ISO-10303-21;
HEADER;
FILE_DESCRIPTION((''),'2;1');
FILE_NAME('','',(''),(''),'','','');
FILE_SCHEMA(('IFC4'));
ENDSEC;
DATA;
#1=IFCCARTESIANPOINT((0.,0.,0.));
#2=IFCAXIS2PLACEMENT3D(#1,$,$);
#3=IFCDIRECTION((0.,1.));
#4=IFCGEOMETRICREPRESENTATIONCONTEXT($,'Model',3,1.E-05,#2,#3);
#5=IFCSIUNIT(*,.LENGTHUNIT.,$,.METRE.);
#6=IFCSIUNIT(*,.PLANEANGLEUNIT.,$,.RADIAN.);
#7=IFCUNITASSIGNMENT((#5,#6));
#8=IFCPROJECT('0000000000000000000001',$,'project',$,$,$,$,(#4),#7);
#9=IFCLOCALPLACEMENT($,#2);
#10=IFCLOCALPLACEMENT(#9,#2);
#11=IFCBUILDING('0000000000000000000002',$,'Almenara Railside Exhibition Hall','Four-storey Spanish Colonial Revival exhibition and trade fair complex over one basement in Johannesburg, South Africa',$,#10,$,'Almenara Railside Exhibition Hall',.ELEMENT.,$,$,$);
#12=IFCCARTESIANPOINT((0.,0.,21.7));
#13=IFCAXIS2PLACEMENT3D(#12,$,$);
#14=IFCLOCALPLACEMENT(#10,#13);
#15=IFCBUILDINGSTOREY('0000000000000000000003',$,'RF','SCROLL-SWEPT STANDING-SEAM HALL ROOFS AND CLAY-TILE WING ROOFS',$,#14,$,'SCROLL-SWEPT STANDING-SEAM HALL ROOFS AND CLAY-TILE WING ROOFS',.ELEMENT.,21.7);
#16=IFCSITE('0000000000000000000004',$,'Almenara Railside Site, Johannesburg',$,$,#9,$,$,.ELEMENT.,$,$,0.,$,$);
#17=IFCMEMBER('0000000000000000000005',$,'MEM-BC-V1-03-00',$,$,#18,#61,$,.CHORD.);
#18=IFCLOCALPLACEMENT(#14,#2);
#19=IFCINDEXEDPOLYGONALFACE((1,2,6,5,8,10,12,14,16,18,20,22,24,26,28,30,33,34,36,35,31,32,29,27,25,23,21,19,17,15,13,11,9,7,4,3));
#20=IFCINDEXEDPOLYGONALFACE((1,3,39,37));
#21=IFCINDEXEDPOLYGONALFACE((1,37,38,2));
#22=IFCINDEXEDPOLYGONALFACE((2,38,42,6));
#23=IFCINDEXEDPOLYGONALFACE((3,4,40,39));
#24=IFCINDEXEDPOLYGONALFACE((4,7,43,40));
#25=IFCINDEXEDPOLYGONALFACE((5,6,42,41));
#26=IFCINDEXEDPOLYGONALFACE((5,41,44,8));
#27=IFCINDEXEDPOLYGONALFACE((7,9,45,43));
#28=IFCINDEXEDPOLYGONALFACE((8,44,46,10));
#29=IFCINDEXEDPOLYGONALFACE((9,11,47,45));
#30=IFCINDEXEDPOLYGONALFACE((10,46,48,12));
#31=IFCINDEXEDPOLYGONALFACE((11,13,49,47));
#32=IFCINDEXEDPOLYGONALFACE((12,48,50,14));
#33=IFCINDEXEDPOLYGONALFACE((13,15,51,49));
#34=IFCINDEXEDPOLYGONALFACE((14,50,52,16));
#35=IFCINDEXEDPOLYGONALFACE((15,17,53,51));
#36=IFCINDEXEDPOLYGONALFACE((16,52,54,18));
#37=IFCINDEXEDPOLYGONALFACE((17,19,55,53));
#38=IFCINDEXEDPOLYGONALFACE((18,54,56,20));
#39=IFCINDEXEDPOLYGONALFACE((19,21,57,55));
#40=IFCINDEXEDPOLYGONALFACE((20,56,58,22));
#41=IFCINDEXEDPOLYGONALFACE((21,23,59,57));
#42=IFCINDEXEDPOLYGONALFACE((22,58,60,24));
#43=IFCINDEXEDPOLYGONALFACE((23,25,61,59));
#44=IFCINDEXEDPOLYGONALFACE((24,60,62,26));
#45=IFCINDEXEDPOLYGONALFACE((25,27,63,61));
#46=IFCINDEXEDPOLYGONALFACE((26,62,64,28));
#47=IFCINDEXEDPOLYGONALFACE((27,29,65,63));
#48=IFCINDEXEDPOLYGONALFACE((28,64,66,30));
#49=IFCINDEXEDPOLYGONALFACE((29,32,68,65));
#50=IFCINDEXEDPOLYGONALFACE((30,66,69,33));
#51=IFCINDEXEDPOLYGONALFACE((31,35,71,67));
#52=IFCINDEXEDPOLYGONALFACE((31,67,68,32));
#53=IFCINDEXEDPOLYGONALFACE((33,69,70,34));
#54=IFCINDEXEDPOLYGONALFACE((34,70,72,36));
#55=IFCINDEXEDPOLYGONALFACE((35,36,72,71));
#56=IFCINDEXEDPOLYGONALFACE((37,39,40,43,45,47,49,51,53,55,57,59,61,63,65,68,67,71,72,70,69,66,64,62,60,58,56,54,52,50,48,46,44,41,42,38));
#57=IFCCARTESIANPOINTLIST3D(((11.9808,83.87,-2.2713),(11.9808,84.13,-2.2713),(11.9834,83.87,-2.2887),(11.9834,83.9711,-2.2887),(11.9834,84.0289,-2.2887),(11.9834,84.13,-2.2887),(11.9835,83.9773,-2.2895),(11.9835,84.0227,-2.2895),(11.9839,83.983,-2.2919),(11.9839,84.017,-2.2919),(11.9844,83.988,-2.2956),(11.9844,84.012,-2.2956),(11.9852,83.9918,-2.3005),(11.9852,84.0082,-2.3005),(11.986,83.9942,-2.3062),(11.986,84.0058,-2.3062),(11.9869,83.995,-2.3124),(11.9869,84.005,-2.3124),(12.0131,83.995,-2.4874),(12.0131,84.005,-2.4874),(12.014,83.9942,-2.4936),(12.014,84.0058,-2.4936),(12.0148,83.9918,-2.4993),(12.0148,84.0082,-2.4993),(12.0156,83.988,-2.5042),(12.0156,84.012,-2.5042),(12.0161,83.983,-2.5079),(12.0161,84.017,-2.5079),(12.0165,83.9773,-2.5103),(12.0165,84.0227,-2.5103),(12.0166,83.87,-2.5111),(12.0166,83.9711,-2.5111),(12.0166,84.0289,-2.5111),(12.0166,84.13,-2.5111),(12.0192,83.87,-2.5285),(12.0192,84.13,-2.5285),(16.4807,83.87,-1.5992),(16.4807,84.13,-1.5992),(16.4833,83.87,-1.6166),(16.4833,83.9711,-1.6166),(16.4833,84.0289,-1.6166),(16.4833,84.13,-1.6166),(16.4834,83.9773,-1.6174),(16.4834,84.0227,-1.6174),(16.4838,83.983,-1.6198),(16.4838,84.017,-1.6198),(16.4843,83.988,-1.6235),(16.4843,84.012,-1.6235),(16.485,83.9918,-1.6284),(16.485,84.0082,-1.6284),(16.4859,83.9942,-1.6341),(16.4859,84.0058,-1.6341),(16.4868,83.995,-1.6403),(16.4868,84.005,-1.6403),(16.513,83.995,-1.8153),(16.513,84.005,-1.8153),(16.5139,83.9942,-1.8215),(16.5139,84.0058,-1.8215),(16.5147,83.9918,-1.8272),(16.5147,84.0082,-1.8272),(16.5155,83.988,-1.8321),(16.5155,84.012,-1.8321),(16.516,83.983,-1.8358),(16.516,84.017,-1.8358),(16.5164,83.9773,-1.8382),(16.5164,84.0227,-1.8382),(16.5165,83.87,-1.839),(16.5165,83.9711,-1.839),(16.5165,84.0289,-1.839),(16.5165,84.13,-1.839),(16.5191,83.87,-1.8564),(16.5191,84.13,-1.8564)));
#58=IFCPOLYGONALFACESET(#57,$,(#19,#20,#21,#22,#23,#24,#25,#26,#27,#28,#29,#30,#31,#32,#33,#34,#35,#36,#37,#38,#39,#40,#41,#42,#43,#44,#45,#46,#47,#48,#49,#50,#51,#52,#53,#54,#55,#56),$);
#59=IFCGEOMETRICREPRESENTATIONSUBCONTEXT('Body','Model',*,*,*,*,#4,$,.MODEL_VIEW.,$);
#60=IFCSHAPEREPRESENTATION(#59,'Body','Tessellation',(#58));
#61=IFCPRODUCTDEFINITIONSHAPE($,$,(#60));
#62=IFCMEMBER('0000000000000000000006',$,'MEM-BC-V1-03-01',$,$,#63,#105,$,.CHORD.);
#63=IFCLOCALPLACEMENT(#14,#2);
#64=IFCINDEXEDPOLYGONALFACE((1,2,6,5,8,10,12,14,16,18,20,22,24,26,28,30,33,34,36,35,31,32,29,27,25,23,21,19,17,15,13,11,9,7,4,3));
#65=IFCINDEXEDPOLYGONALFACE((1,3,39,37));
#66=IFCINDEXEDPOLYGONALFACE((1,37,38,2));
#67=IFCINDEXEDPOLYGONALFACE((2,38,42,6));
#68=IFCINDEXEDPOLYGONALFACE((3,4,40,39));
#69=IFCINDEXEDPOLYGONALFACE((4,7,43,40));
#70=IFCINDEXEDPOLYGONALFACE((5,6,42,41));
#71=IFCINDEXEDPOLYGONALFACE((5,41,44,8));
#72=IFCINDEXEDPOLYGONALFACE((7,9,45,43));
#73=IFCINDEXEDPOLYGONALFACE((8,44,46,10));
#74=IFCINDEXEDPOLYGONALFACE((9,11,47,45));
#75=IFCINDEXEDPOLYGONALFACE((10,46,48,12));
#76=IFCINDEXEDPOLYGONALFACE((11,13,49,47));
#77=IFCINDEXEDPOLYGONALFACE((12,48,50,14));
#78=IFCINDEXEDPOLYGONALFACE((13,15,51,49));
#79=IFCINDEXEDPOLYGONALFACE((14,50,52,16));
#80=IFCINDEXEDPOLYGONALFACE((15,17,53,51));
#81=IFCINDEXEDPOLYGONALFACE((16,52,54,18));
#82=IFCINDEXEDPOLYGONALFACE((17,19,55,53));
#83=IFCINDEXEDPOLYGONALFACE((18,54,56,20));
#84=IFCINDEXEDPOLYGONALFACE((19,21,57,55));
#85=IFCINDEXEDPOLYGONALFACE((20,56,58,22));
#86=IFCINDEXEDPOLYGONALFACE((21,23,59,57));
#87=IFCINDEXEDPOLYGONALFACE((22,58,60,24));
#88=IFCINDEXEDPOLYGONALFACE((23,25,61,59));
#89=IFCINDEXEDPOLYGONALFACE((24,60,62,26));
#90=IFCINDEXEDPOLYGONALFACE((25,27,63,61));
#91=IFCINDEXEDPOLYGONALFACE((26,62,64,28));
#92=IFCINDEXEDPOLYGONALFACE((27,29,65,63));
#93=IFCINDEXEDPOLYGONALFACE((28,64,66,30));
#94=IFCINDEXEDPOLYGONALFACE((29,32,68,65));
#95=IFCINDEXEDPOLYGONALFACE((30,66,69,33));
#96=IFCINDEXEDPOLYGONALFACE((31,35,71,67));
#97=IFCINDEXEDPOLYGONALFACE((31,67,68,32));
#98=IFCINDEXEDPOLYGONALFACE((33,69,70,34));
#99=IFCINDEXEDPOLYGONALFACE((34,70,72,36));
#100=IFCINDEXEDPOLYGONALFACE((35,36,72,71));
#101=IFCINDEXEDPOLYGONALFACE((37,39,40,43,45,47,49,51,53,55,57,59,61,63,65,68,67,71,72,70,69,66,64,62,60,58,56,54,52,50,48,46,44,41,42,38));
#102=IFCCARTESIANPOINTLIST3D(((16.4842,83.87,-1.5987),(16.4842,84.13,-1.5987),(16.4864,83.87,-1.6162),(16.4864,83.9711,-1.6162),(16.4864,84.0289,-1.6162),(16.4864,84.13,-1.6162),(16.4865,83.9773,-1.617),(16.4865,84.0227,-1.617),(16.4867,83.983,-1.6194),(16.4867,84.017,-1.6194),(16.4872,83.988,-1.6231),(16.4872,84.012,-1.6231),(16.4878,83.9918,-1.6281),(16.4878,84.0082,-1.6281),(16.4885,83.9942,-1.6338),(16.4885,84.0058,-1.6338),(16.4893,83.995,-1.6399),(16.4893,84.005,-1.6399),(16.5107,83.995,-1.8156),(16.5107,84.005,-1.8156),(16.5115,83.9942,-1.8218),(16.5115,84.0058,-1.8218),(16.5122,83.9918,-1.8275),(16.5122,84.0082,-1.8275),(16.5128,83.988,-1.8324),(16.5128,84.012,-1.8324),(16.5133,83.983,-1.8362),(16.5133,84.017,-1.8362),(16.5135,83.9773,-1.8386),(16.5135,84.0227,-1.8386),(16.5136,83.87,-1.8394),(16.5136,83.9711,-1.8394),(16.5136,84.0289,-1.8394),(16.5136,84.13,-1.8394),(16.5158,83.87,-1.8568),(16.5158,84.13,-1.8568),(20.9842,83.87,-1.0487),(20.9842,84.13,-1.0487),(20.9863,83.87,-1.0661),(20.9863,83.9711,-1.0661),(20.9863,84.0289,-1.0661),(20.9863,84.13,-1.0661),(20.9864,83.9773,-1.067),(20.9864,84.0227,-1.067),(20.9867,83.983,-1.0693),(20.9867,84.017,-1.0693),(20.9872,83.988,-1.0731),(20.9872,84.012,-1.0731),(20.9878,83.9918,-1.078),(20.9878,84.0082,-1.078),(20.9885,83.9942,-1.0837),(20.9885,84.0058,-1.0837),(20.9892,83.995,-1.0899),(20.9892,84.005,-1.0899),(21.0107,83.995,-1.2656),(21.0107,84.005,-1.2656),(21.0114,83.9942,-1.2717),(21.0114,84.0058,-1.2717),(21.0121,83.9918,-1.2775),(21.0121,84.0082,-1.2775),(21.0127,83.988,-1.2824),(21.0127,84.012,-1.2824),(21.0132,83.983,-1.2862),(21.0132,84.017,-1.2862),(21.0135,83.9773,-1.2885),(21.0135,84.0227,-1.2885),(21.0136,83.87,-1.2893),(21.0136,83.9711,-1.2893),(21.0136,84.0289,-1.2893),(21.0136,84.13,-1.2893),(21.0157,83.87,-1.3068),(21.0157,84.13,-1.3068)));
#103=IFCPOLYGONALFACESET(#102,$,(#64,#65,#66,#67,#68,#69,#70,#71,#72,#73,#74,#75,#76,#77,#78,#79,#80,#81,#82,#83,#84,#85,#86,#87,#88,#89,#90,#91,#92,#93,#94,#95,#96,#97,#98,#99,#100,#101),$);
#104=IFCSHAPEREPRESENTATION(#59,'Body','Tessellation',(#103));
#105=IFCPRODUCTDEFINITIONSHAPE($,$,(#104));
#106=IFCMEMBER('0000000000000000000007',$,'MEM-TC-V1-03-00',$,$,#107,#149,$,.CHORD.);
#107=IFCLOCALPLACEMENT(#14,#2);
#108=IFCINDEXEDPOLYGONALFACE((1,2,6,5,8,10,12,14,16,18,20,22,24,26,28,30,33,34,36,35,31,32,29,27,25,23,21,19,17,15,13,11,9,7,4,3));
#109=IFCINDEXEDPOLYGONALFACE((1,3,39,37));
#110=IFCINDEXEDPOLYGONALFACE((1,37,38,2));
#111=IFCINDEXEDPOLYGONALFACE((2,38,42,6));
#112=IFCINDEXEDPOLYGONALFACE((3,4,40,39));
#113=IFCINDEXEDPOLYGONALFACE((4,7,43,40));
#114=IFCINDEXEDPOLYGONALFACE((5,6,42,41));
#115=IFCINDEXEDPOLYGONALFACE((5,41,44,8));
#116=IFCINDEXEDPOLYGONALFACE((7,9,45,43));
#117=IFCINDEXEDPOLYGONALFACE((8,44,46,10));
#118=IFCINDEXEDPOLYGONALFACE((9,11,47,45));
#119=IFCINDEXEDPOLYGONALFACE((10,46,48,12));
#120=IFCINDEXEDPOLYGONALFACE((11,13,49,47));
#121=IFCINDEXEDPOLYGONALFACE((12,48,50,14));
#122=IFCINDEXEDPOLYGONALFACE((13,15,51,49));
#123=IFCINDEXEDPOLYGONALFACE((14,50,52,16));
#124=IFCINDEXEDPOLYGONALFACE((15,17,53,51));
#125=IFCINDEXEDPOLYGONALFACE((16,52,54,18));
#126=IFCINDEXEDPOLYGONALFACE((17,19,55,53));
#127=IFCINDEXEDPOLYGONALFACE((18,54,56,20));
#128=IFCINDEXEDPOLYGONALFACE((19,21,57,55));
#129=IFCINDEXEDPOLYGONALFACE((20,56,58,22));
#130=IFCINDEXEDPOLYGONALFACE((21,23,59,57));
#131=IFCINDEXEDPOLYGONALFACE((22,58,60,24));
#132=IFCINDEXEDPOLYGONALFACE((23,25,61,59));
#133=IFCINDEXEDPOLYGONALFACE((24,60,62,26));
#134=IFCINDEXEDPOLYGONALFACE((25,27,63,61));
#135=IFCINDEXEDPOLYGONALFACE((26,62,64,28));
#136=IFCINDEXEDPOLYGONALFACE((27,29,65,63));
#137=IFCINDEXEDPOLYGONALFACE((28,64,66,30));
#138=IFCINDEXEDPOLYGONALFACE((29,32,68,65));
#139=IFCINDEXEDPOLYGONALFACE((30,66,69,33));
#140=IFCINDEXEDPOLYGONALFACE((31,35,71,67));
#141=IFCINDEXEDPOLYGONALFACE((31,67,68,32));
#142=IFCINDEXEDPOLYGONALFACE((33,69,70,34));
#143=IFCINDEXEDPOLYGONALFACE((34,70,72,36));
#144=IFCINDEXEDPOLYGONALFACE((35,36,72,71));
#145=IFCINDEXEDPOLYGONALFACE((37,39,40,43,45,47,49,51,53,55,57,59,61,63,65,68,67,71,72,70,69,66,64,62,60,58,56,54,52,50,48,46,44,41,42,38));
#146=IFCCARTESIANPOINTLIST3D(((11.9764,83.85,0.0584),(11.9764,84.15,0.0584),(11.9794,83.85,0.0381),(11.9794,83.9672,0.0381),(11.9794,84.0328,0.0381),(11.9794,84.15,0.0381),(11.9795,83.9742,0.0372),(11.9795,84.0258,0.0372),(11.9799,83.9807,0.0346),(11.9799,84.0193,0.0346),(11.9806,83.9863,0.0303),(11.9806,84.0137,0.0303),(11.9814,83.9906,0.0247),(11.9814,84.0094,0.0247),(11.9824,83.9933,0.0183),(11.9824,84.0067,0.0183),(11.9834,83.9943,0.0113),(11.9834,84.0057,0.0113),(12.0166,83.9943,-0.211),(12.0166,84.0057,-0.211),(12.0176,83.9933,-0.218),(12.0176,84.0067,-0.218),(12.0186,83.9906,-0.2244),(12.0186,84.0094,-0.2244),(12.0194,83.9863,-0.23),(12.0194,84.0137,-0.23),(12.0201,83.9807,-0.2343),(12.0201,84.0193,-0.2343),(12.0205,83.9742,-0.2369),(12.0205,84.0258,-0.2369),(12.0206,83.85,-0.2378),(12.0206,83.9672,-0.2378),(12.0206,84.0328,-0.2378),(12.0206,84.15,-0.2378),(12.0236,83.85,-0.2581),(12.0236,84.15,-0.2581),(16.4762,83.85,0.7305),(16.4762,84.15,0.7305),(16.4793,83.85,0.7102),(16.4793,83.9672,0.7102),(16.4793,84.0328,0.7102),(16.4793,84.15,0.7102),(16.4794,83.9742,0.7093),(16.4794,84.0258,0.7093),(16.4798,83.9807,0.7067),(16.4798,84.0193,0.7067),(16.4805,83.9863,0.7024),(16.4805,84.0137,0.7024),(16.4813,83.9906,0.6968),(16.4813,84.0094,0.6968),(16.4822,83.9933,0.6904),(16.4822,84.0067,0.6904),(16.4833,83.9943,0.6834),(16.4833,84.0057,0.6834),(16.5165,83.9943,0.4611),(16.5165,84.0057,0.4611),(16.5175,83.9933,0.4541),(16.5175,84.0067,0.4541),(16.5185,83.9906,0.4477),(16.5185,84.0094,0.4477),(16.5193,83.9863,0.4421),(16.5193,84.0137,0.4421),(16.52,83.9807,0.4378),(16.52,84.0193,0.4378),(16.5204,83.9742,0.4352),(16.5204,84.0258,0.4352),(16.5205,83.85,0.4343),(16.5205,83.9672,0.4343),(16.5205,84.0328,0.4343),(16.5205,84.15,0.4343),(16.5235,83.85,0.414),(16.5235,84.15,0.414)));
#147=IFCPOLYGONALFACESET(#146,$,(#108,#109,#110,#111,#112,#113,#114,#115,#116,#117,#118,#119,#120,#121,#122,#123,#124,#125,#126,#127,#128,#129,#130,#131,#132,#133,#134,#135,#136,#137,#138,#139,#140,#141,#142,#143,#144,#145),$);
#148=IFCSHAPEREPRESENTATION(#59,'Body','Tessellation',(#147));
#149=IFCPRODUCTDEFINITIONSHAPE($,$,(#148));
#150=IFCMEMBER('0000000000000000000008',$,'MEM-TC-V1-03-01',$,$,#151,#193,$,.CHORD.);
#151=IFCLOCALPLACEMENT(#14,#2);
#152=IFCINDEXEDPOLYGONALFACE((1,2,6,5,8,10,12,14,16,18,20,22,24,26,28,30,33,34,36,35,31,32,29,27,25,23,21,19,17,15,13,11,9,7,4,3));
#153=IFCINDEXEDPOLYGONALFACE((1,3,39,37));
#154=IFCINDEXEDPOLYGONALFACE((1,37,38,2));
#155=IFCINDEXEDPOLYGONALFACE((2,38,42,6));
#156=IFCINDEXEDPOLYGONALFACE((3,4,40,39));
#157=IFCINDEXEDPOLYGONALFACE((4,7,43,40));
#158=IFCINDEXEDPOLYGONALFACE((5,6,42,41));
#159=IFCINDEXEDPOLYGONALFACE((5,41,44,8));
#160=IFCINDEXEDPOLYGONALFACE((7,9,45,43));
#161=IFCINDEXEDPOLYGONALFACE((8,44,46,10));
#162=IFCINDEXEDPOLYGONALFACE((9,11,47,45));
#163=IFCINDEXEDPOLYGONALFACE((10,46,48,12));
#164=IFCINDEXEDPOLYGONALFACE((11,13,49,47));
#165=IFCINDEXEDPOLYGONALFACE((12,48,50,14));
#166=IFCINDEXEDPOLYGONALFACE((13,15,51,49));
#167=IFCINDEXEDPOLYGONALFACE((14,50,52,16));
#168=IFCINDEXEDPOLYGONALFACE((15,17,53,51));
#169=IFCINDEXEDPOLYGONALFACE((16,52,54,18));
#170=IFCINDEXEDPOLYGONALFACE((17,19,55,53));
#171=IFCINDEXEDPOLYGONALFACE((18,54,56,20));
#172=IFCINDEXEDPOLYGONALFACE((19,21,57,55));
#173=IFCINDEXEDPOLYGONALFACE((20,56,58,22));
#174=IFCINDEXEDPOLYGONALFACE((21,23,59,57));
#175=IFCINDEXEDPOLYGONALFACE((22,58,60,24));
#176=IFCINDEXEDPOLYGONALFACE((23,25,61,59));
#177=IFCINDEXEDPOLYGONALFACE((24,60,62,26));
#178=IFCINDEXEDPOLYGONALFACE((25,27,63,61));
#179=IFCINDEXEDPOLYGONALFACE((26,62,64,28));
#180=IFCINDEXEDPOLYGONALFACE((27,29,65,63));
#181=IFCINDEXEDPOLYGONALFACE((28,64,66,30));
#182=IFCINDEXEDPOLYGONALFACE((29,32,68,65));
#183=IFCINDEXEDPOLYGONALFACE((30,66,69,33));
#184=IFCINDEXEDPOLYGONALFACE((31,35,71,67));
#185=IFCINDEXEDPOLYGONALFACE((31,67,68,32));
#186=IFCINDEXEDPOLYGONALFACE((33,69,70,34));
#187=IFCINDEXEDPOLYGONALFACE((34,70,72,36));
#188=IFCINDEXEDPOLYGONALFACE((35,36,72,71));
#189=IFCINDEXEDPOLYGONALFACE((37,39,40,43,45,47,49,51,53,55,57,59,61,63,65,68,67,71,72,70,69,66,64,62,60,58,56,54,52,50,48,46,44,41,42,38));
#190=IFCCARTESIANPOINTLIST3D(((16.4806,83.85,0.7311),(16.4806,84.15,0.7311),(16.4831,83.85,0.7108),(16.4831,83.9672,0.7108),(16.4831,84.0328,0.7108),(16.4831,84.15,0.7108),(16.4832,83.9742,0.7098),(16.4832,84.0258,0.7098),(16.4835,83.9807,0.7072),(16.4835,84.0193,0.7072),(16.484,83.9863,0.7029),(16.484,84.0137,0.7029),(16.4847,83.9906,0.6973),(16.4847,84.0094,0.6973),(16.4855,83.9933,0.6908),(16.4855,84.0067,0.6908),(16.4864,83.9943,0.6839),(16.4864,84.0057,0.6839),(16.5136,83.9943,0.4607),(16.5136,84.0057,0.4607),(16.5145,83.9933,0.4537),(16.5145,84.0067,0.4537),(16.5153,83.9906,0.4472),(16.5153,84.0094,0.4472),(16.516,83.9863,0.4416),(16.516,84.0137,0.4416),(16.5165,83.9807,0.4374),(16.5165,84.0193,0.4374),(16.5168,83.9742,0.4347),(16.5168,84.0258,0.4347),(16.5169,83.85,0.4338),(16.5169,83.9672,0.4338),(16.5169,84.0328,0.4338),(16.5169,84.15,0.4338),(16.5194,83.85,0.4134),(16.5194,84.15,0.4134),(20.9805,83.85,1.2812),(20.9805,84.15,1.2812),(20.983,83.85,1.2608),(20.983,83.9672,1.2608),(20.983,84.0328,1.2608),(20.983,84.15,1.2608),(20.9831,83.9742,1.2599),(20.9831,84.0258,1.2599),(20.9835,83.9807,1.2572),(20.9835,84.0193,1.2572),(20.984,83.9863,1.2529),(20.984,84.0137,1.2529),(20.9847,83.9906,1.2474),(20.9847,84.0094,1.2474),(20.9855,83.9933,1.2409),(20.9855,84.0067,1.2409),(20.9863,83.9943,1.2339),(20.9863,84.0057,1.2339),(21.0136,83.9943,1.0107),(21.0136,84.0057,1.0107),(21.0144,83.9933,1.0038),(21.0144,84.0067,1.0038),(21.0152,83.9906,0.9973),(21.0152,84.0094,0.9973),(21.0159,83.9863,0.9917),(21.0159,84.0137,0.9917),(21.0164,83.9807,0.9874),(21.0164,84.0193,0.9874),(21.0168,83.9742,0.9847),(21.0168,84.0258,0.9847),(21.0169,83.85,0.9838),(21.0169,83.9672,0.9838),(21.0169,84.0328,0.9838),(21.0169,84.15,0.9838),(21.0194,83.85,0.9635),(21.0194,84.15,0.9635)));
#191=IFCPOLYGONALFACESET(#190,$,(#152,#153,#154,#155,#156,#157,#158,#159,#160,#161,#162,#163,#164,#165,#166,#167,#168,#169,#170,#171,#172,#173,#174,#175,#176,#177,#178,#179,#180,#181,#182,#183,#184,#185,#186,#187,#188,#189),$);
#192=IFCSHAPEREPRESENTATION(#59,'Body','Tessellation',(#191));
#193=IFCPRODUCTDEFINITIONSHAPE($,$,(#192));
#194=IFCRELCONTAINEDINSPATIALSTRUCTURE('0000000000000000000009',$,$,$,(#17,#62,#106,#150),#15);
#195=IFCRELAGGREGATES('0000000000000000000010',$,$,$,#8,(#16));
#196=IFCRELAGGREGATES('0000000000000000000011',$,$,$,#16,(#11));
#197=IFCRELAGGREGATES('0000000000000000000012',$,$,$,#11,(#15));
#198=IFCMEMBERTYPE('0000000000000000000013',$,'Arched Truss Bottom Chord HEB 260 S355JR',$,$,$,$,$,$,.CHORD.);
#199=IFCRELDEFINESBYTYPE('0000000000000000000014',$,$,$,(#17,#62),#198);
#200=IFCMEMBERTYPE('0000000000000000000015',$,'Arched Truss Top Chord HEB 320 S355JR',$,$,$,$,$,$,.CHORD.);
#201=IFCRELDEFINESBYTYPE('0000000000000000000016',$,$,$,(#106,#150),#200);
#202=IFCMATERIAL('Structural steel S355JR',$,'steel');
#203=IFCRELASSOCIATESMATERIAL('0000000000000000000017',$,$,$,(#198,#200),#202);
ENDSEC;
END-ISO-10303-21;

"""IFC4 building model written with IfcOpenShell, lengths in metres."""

from ifc_helpers import new_model, si_unit, direction, frame, origin, origin_2d, place, context, subcontext, project, spatial, i_section, extrude, material, material_profile, profile_set, type_object, element, save


model = new_model("IFC4")

# Units and contexts
model_context = context("Model", 3, precision=1e-05, world=origin(), true_north=direction((0.0, 1.0)))
body_context = subcontext(model_context, "Body", "Model", "MODEL_VIEW")
ifc_project = project(units=[si_unit("LENGTHUNIT", "METRE"), si_unit("PLANEANGLEUNIT", "RADIAN")], contexts=[model_context])

# Site, building, storey
site_placement = place(None, origin())
site = spatial("IfcSite", under=ifc_project, at=site_placement, Name="Almenara Railside Site, Johannesburg", CompositionType="ELEMENT", RefElevation=0.0)
building_placement = place(site_placement, origin())
building = spatial("IfcBuilding", under=site, at=building_placement, Name="Almenara Railside Exhibition Hall", Description="Four-storey Spanish Colonial Revival exhibition and trade fair complex over one basement in Johannesburg, South Africa", LongName="Almenara Railside Exhibition Hall", CompositionType="ELEMENT")
storey_placement = place(building_placement, frame((0.0, 0.0, 21.7)))
storey = spatial("IfcBuildingStorey", under=building, at=storey_placement, Name="RF", Description="SCROLL-SWEPT STANDING-SEAM HALL ROOFS AND CLAY-TILE WING ROOFS", LongName="SCROLL-SWEPT STANDING-SEAM HALL ROOFS AND CLAY-TILE WING ROOFS", CompositionType="ELEMENT", Elevation=21.7)

# Members
ifc_material_1 = material(Name="Structural steel S355JR", Category="steel")
ifc_material_profile_1 = material_profile(ifc_material_1, i_section(OverallWidth=0.26, OverallDepth=0.26, WebThickness=0.01, FlangeThickness=0.0176, FilletRadius=0.0239, at=origin_2d()), Name="HEB 260")
ifc_profile_set_1 = profile_set([ifc_material_profile_1], Name="Structural steel S355JR")
member_type_1 = type_object("IfcMemberType", Name="Arched Truss Bottom Chord HEB 260 S355JR", PredefinedType="CHORD", material=ifc_profile_set_1)
member_1_placement = place(storey_placement, frame((12.0, 84.0, -2.3999), z_axis=(0.989029, 0.0, 0.147721), x_axis=(0.0, 1.0, 0.0)))
element("IfcMember", 1, at=member_1_placement, inside=storey, type_object=member_type_1, Name="MEM-BC-V1-03-00", PredefinedType="CHORD", context=body_context, shape_type="SweptSolid", body=[
    extrude(i_section(OverallWidth=0.26, OverallDepth=0.26, WebThickness=0.01, FlangeThickness=0.0176, FilletRadius=0.0239, at=origin_2d()), origin(), (0.0, 0.0, 1.0), 4.5498),
])
member_2_placement = place(storey_placement, frame((16.5, 84.0, -1.7278), z_axis=(0.992612, 0.0, 0.12133), x_axis=(0.0, 1.0, 0.0)))
element("IfcMember", 2, at=member_2_placement, inside=storey, type_object=member_type_1, Name="MEM-BC-V1-03-01", PredefinedType="CHORD", context=body_context, shape_type="SweptSolid", body=[
    extrude(i_section(OverallWidth=0.26, OverallDepth=0.26, WebThickness=0.01, FlangeThickness=0.0176, FilletRadius=0.0239, at=origin_2d()), origin(), (0.0, 0.0, 1.0), 4.5334),
])
ifc_material_profile_2 = material_profile(ifc_material_1, i_section(OverallWidth=0.3, OverallDepth=0.3201, WebThickness=0.0115, FlangeThickness=0.0205, FilletRadius=0.0271, at=origin_2d()), Name="HEB 320")
ifc_profile_set_2 = profile_set([ifc_material_profile_2], Name="Structural steel S355JR")
member_type_2 = type_object("IfcMemberType", Name="Arched Truss Top Chord HEB 320 S355JR", PredefinedType="CHORD", material=ifc_profile_set_2)
member_3_placement = place(storey_placement, frame((12.0, 84.0, -0.0999), z_axis=(0.989029, 0.0, 0.147721), x_axis=(0.0, 1.0, 0.0)))
element("IfcMember", 3, at=member_3_placement, inside=storey, type_object=member_type_2, Name="MEM-TC-V1-03-00", PredefinedType="CHORD", context=body_context, shape_type="SweptSolid", body=[
    extrude(i_section(OverallWidth=0.3, OverallDepth=0.3201, WebThickness=0.0115, FlangeThickness=0.0205, FilletRadius=0.0271, at=origin_2d()), origin(), (0.0, 0.0, 1.0), 4.5498),
])
member_4_placement = place(storey_placement, frame((16.5, 84.0, 0.5723), z_axis=(0.992612, 0.0, 0.12133), x_axis=(0.0, 1.0, 0.0)))
element("IfcMember", 4, at=member_4_placement, inside=storey, type_object=member_type_2, Name="MEM-TC-V1-03-01", PredefinedType="CHORD", context=body_context, shape_type="SweptSolid", body=[
    extrude(i_section(OverallWidth=0.3, OverallDepth=0.3201, WebThickness=0.0115, FlangeThickness=0.0205, FilletRadius=0.0271, at=origin_2d()), origin(), (0.0, 0.0, 1.0), 4.5334),
])

save(model, "model.ifc")
